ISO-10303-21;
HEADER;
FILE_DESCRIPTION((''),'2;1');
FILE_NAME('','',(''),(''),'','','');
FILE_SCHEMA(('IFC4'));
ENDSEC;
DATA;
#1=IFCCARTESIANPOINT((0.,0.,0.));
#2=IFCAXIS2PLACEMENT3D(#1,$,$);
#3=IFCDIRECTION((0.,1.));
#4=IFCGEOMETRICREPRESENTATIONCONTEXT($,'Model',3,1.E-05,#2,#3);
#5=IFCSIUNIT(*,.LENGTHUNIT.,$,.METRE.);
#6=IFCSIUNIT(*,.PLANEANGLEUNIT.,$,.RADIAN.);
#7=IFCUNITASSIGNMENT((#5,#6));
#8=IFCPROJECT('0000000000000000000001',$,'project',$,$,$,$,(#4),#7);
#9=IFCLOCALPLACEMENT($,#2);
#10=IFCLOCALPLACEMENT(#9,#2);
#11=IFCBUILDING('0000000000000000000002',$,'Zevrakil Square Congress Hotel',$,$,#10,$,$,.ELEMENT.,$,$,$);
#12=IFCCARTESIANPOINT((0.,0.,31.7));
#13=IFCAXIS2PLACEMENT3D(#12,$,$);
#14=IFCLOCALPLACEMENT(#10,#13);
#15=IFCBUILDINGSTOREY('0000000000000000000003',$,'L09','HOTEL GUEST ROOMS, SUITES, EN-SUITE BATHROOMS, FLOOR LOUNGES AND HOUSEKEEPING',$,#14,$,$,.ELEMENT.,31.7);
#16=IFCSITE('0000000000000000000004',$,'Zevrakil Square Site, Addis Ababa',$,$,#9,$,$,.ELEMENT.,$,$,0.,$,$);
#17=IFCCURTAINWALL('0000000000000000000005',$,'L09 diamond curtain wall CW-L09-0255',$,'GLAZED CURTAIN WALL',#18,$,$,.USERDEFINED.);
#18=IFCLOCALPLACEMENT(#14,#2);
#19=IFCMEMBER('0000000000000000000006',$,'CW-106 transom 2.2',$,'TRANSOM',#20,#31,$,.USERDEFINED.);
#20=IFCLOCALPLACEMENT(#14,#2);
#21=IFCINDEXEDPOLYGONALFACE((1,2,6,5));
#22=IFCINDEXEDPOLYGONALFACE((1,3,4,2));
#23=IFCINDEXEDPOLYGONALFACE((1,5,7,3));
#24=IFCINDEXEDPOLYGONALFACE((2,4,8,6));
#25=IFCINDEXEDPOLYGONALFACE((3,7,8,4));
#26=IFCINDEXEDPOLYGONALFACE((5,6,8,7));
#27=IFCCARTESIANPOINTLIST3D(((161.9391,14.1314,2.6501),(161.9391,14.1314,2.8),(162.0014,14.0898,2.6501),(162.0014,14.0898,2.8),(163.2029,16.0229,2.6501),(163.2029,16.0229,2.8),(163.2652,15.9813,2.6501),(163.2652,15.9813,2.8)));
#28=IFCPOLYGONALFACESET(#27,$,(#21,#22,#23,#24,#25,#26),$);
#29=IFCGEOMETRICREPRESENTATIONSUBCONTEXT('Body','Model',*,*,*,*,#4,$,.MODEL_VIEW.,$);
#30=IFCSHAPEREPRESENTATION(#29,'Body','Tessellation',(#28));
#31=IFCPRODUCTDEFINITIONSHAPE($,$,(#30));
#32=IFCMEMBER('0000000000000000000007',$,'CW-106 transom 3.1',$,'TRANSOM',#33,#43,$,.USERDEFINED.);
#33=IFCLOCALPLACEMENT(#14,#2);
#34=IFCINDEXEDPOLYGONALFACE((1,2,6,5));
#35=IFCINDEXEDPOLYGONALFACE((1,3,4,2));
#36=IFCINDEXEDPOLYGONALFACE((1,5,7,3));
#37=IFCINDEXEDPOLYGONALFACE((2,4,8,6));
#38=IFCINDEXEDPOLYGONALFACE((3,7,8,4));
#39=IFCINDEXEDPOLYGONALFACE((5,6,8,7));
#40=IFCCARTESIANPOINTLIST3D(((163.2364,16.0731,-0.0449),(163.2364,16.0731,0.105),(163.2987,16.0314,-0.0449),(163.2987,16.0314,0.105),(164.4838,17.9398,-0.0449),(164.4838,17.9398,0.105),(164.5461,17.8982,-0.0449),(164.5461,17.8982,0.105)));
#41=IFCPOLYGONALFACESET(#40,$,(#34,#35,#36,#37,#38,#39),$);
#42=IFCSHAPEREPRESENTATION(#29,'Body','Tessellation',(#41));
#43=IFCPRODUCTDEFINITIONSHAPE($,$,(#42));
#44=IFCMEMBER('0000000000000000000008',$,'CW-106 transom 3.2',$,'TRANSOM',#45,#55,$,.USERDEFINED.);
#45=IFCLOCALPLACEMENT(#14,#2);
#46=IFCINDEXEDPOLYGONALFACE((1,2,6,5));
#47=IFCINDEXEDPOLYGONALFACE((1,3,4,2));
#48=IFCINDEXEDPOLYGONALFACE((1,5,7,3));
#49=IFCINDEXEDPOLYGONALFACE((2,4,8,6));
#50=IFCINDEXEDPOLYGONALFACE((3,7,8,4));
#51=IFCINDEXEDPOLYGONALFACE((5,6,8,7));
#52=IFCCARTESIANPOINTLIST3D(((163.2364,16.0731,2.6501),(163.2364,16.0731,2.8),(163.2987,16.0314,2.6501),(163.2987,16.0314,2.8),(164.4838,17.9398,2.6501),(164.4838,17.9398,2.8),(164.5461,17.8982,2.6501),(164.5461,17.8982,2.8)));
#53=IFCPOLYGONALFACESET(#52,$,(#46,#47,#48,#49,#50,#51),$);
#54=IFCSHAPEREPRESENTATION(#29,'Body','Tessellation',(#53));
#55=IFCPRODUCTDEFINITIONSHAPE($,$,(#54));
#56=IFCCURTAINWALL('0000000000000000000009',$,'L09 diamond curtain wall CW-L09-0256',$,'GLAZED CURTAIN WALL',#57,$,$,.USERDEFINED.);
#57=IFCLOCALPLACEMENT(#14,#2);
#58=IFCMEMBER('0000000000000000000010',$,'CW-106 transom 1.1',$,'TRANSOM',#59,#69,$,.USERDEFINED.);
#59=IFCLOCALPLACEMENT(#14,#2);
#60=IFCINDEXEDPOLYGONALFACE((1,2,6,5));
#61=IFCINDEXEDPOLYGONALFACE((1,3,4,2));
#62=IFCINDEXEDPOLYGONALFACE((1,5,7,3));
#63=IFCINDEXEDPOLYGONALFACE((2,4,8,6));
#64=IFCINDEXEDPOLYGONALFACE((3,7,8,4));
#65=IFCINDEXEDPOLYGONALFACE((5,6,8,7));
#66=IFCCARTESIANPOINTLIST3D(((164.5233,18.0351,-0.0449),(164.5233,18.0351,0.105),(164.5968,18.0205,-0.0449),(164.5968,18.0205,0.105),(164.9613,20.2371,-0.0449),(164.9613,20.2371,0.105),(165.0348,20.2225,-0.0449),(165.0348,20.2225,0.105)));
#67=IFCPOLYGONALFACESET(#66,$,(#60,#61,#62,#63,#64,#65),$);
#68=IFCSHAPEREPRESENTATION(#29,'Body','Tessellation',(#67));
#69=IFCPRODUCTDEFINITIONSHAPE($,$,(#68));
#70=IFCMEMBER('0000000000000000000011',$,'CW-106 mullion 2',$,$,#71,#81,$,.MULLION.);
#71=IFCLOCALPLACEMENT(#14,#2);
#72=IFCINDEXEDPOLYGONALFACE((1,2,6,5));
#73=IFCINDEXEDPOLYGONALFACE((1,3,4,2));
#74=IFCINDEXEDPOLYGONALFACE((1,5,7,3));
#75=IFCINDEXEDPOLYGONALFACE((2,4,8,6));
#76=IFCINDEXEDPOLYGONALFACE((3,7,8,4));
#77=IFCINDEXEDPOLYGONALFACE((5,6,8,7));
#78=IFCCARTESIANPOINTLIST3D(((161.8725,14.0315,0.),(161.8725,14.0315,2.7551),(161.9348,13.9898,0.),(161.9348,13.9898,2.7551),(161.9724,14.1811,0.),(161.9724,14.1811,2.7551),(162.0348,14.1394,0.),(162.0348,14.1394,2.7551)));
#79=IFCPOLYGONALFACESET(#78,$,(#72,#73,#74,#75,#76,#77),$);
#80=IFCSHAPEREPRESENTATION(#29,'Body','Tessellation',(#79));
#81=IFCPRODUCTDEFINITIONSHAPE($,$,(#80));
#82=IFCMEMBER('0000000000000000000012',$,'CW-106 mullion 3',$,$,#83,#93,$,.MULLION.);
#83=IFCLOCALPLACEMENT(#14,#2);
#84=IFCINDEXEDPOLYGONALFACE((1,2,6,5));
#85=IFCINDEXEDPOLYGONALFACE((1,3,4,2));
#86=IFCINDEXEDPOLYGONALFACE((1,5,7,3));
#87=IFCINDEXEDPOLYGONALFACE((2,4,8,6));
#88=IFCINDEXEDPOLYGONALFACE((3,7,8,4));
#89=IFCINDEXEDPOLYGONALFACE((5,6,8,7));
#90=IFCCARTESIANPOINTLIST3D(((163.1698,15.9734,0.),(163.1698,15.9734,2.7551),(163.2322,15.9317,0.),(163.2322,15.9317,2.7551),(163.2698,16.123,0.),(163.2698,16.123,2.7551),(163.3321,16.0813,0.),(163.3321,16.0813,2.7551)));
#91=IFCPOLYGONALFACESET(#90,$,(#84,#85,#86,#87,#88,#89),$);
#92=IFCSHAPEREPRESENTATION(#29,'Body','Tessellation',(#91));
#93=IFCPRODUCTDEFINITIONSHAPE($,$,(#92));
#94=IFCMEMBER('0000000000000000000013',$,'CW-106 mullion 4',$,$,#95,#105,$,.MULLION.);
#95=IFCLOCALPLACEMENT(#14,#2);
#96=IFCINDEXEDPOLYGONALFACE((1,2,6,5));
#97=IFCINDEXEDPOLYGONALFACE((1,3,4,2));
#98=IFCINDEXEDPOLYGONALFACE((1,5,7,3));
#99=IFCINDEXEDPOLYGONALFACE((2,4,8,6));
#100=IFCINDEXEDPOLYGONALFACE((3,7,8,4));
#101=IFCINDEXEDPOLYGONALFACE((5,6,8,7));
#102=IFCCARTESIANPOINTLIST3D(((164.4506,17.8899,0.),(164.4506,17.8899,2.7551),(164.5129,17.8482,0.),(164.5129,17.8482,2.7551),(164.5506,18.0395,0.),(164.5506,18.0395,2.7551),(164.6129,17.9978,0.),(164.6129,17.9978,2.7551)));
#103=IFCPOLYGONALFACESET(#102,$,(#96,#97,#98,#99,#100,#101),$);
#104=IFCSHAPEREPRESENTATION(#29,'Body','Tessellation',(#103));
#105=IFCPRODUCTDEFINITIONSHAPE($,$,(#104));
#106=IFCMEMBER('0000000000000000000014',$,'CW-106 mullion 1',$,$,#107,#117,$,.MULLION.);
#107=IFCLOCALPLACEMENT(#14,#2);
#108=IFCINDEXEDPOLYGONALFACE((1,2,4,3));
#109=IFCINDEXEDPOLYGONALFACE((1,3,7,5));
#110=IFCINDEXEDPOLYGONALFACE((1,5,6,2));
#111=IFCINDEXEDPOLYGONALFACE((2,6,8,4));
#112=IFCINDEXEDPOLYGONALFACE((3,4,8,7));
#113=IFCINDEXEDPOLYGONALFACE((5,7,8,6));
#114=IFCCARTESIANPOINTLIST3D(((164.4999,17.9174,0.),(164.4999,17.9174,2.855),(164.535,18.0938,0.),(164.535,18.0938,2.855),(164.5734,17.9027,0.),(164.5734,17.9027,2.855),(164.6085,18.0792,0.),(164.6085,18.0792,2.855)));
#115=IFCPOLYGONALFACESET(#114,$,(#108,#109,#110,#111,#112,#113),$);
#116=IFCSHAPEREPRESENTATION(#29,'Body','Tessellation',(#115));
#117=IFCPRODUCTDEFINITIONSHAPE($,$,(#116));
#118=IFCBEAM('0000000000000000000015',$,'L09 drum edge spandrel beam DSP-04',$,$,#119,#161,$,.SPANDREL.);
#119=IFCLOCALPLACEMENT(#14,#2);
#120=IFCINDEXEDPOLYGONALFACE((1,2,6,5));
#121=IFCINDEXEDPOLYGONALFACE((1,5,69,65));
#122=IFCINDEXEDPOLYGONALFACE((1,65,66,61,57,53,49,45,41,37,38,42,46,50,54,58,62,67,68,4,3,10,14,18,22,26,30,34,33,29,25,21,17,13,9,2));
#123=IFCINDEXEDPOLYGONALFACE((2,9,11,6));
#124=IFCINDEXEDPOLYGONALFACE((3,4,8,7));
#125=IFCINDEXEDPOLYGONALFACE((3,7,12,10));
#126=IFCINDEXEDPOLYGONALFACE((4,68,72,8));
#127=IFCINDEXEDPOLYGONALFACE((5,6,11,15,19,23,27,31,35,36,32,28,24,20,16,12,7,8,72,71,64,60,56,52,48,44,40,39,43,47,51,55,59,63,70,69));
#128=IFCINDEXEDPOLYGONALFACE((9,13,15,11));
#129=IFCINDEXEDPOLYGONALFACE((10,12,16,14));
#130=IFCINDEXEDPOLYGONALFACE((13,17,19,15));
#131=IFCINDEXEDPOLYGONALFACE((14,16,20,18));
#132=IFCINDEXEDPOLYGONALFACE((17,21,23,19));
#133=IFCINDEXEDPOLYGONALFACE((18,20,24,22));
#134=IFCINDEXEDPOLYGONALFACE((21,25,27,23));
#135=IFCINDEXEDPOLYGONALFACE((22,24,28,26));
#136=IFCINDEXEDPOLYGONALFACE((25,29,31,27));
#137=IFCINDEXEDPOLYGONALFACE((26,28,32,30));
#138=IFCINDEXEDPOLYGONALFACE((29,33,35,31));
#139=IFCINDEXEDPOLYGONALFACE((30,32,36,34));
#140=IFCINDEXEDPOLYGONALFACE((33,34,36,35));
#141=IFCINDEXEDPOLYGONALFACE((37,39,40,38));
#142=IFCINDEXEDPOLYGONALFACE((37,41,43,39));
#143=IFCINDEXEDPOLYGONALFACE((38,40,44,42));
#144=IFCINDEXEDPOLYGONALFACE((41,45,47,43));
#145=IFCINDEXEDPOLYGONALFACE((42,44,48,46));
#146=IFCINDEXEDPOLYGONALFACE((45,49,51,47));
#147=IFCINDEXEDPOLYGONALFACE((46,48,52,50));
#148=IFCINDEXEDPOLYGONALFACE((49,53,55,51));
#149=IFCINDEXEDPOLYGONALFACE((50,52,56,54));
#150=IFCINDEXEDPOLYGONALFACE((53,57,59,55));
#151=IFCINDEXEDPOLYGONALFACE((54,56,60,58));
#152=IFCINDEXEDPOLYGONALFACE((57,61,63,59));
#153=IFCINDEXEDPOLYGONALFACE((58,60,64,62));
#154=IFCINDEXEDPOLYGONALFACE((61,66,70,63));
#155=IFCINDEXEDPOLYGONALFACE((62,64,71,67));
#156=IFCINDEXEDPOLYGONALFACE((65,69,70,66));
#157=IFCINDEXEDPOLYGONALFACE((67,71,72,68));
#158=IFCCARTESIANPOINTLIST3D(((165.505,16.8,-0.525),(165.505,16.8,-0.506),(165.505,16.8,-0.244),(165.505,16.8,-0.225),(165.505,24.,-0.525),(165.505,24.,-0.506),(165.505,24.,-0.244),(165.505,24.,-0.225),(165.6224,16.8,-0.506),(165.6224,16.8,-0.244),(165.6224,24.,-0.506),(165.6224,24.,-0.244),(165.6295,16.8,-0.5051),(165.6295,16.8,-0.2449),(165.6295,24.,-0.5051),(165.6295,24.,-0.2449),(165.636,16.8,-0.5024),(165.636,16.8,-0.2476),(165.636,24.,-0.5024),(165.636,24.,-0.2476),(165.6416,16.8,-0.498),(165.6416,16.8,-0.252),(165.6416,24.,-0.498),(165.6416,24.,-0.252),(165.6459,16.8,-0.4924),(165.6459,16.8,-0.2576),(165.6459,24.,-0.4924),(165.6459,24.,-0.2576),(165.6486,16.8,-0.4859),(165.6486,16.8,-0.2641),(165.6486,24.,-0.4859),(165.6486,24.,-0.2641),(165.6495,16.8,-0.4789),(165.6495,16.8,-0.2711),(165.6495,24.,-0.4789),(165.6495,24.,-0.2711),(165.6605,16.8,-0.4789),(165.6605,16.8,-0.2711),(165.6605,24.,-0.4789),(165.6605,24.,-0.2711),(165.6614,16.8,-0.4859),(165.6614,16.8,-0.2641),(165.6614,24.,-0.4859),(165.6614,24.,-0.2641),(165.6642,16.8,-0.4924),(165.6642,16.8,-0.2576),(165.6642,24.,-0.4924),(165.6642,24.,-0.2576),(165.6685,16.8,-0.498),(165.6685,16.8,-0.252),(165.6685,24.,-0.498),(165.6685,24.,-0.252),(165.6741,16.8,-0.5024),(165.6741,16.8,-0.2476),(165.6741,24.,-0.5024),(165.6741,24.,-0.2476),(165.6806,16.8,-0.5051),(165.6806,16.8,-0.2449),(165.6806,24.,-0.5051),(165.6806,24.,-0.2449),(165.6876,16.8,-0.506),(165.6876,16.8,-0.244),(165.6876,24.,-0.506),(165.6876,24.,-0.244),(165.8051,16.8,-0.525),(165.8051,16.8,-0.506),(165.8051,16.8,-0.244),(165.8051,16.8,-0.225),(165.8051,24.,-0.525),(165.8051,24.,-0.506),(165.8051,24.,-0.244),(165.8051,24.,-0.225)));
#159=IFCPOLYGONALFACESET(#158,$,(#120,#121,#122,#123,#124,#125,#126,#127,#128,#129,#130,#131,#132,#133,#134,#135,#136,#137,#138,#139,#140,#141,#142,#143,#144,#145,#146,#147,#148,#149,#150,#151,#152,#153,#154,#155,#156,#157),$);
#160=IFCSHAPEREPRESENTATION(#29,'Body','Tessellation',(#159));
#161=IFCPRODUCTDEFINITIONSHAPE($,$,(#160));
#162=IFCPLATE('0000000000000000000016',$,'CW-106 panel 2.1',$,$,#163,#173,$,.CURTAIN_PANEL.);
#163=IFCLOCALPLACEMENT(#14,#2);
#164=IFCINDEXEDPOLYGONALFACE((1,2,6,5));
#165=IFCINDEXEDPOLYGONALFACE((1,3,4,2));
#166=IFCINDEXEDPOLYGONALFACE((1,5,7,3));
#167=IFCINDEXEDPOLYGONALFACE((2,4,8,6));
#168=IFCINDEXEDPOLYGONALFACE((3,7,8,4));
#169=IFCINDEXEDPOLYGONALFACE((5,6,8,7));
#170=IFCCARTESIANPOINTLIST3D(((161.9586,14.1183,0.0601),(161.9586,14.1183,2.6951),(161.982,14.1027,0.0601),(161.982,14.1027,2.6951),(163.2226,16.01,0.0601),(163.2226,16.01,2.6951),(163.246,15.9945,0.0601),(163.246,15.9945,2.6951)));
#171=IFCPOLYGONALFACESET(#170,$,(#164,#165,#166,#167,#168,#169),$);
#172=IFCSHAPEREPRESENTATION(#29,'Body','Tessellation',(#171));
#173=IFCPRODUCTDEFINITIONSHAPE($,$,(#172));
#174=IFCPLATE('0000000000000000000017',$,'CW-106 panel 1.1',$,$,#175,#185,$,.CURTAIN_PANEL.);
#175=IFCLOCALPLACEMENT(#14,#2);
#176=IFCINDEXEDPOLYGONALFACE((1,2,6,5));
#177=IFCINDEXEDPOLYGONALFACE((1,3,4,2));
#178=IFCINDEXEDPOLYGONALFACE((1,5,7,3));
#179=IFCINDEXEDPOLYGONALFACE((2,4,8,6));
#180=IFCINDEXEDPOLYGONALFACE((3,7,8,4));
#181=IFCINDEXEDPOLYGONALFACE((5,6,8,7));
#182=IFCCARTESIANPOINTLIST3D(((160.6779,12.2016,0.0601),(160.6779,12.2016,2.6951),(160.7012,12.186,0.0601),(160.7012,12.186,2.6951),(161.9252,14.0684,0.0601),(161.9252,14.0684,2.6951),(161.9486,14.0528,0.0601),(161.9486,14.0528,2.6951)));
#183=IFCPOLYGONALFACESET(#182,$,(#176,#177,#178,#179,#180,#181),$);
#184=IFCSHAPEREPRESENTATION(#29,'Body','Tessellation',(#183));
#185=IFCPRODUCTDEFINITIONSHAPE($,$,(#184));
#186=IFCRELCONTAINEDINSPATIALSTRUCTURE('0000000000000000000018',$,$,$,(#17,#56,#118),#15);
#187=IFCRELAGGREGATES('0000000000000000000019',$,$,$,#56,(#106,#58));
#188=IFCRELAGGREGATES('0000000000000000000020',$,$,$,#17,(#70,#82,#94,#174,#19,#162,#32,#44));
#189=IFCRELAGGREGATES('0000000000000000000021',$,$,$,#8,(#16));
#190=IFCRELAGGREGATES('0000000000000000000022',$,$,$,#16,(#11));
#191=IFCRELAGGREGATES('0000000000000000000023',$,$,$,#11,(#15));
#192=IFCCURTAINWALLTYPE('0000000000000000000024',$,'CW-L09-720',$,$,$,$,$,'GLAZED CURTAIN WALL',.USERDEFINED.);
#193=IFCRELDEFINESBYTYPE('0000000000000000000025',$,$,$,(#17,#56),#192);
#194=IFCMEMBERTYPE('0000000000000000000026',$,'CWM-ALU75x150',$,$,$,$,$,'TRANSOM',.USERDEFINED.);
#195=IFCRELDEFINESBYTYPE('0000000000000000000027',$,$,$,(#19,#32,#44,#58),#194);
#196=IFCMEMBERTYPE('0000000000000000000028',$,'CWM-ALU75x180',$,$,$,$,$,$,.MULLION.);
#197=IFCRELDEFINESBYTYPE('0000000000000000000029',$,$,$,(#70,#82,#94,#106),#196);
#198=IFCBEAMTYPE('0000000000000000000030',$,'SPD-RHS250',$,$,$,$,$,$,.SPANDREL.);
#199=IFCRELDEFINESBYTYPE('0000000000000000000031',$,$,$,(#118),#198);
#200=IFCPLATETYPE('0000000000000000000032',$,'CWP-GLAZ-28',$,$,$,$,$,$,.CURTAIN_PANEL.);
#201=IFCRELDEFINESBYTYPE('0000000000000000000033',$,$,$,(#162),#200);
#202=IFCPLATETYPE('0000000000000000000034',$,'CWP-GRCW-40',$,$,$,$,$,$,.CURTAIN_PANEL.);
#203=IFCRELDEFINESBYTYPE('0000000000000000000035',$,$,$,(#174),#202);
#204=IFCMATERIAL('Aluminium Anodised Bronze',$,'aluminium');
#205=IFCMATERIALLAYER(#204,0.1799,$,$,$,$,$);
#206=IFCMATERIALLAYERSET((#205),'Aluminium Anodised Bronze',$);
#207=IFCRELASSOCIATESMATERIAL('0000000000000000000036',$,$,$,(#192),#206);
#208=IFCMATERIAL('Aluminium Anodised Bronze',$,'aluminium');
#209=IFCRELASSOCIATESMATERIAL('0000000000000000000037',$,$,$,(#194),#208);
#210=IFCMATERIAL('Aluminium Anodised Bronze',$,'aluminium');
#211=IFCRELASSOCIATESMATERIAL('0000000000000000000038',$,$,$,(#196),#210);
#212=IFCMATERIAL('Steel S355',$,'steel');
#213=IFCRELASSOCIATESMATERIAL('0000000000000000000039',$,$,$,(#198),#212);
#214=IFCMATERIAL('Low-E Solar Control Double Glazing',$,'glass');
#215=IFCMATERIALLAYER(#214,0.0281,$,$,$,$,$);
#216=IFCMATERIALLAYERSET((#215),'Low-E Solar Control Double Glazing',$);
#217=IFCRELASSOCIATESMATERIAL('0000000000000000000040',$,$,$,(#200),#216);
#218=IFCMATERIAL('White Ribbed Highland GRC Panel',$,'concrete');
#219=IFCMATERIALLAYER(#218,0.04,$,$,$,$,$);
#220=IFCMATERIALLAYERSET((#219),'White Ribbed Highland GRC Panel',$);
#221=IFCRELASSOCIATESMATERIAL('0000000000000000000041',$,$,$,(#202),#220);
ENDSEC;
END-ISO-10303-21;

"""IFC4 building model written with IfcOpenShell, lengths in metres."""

from ifc_helpers import new_model, si_unit, direction, frame, origin, origin_2d, place, context, subcontext, project, spatial, rectangle, i_section, extrude, material, layer, layer_set, material_profile, profile_set, type_object, element, aggregate, save


model = new_model("IFC4")

# Units and contexts
model_context = context("Model", 3, precision=1e-05, world=origin(), true_north=direction((0.0, 1.0)))
body_context = subcontext(model_context, "Body", "Model", "MODEL_VIEW")
ifc_project = project(units=[si_unit("LENGTHUNIT", "METRE"), si_unit("PLANEANGLEUNIT", "RADIAN")], contexts=[model_context])

# Site, building, storey
site_placement = place(None, origin())
site = spatial("IfcSite", under=ifc_project, at=site_placement, Name="Zevrakil Square Site, Addis Ababa", CompositionType="ELEMENT", RefElevation=0.0)
building_placement = place(site_placement, origin())
building = spatial("IfcBuilding", under=site, at=building_placement, Name="Zevrakil Square Congress Hotel", CompositionType="ELEMENT")
storey_placement = place(building_placement, frame((0.0, 0.0, 31.7)))
storey = spatial("IfcBuildingStorey", under=building, at=storey_placement, Name="L09", Description="HOTEL GUEST ROOMS, SUITES, EN-SUITE BATHROOMS, FLOOR LOUNGES AND HOUSEKEEPING", CompositionType="ELEMENT", Elevation=31.7)

# Curtain wall, members
ifc_material_1 = material(Name="Aluminium Anodised Bronze", Category="aluminium")
ifc_layer_1 = layer(ifc_material_1, 0.1799)
ifc_layer_set_1 = layer_set([ifc_layer_1], Name="Aluminium Anodised Bronze")
curtain_wall_type = type_object("IfcCurtainWallType", Name="CW-L09-720", ElementType="GLAZED CURTAIN WALL", PredefinedType="USERDEFINED", material=ifc_layer_set_1)
curtain_wall_1_placement = place(storey_placement, origin())
curtain_wall_1 = element("IfcCurtainWall", 1, at=curtain_wall_1_placement, inside=storey, type_object=curtain_wall_type, Name="L09 diamond curtain wall CW-L09-0255", ObjectType="GLAZED CURTAIN WALL", PredefinedType="USERDEFINED")
ifc_material_2 = material(Name="Aluminium Anodised Bronze", Category="aluminium")
ifc_material_profile_1 = material_profile(ifc_material_2, rectangle(XDim=0.075, YDim=0.1499, at=origin_2d()), Name="ALU 75x150")
ifc_profile_set_1 = profile_set([ifc_material_profile_1], Name="Aluminium Anodised Bronze")
member_type_1 = type_object("IfcMemberType", Name="CWM-ALU75x150", ElementType="TRANSOM", PredefinedType="USERDEFINED", material=ifc_profile_set_1)
member_1_placement = place(storey_placement, frame((161.9702, 14.1106, 2.7251), z_axis=(0.555567, 0.831472, 0.0), x_axis=(-0.831472, 0.555567, 0.0)))
member_1 = element("IfcMember", 2, at=member_1_placement, type_object=member_type_1, Name="CW-106 transom 2.2", ObjectType="TRANSOM", PredefinedType="USERDEFINED", context=body_context, shape_type="SweptSolid", body=[
    extrude(rectangle(XDim=0.075, YDim=0.1499, at=origin_2d()), origin(), (0.0, 0.0, 1.0), 2.2749),
])
member_2_placement = place(storey_placement, frame((163.2676, 16.0522, 0.03), z_axis=(0.555578, 0.831464, 0.0), x_axis=(-0.831464, 0.555578, 0.0)))
member_2 = element("IfcMember", 3, at=member_2_placement, type_object=member_type_1, Name="CW-106 transom 3.1", ObjectType="TRANSOM", PredefinedType="USERDEFINED", context=body_context, shape_type="SweptSolid", body=[
    extrude(rectangle(XDim=0.075, YDim=0.1499, at=origin_2d()), origin(), (0.0, 0.0, 1.0), 2.2451),
])
member_3_placement = place(storey_placement, frame((163.2676, 16.0522, 2.7251), z_axis=(0.555578, 0.831464, 0.0), x_axis=(-0.831464, 0.555578, 0.0)))
member_3 = element("IfcMember", 4, at=member_3_placement, type_object=member_type_1, Name="CW-106 transom 3.2", ObjectType="TRANSOM", PredefinedType="USERDEFINED", context=body_context, shape_type="SweptSolid", body=[
    extrude(rectangle(XDim=0.075, YDim=0.1499, at=origin_2d()), origin(), (0.0, 0.0, 1.0), 2.2451),
])

# Curtain wall, member
curtain_wall_2_placement = place(storey_placement, origin())
curtain_wall_2 = element("IfcCurtainWall", 5, at=curtain_wall_2_placement, inside=storey, type_object=curtain_wall_type, Name="L09 diamond curtain wall CW-L09-0256", ObjectType="GLAZED CURTAIN WALL", PredefinedType="USERDEFINED")
member_4_placement = place(storey_placement, frame((164.5601, 18.0278, 0.03), z_axis=(0.195091, 0.980785, 0.0), x_axis=(-0.980785, 0.195091, 0.0)))
member_4 = element("IfcMember", 6, at=member_4_placement, type_object=member_type_1, Name="CW-106 transom 1.1", ObjectType="TRANSOM", PredefinedType="USERDEFINED", context=body_context, shape_type="SweptSolid", body=[
    extrude(rectangle(XDim=0.075, YDim=0.1499, at=origin_2d()), origin(), (0.0, 0.0, 1.0), 2.2451),
])

# Members
ifc_material_3 = material(Name="Aluminium Anodised Bronze", Category="aluminium")
ifc_material_profile_2 = material_profile(ifc_material_3, rectangle(XDim=0.075, YDim=0.1799, at=origin_2d()), Name="ALU 75x180")
ifc_profile_set_2 = profile_set([ifc_material_profile_2], Name="Aluminium Anodised Bronze")
member_type_2 = type_object("IfcMemberType", Name="CWM-ALU75x180", PredefinedType="MULLION", material=ifc_profile_set_2)
member_5_placement = place(storey_placement, frame((161.9536, 14.0854, 0.0), z_axis=(0.0, 0.0, 1.0), x_axis=(-0.831466, 0.555576, 0.0)))
member_5 = element("IfcMember", 7, at=member_5_placement, type_object=member_type_2, Name="CW-106 mullion 2", PredefinedType="MULLION", context=body_context, shape_type="SweptSolid", body=[
    extrude(rectangle(XDim=0.075, YDim=0.1799, at=origin_2d()), origin(), (0.0, 0.0, 1.0), 2.7551),
])
member_6_placement = place(storey_placement, frame((163.251, 16.0273, 0.0), z_axis=(0.0, 0.0, 1.0), x_axis=(-0.831466, 0.555576, 0.0)))
member_6 = element("IfcMember", 8, at=member_6_placement, type_object=member_type_2, Name="CW-106 mullion 3", PredefinedType="MULLION", context=body_context, shape_type="SweptSolid", body=[
    extrude(rectangle(XDim=0.075, YDim=0.1799, at=origin_2d()), origin(), (0.0, 0.0, 1.0), 2.7551),
])
member_7_placement = place(storey_placement, frame((164.5317, 17.9438, 0.0), z_axis=(0.0, 0.0, 1.0), x_axis=(-0.831466, 0.555576, 0.0)))
member_7 = element("IfcMember", 9, at=member_7_placement, type_object=member_type_2, Name="CW-106 mullion 4", PredefinedType="MULLION", context=body_context, shape_type="SweptSolid", body=[
    extrude(rectangle(XDim=0.075, YDim=0.1799, at=origin_2d()), origin(), (0.0, 0.0, 1.0), 2.7551),
])
member_8_placement = place(storey_placement, frame((164.5542, 17.9983, 0.0), z_axis=(0.0, 0.0, 1.0), x_axis=(-0.980787, 0.195084, 0.0)))
member_8 = element("IfcMember", 10, at=member_8_placement, type_object=member_type_2, Name="CW-106 mullion 1", PredefinedType="MULLION", context=body_context, shape_type="SweptSolid", body=[
    extrude(rectangle(XDim=0.075, YDim=0.1799, at=origin_2d()), origin(), (0.0, 0.0, 1.0), 2.855),
])
aggregate(curtain_wall_2, [member_8, member_4])

# Beam
ifc_material_4 = material(Name="Steel S355", Category="steel")
ifc_material_profile_3 = material_profile(ifc_material_4, i_section(OverallWidth=0.3, OverallDepth=0.3, WebThickness=0.011, FlangeThickness=0.019, FilletRadius=0.0271, at=origin_2d()), Name="HEB 300")
ifc_profile_set_3 = profile_set([ifc_material_profile_3], Name="Steel S355")
beam_type_1 = type_object("IfcBeamType", Name="SPD-RHS250", PredefinedType="SPANDREL", material=ifc_profile_set_3)
beam_1_placement = place(storey_placement, frame((165.655, 16.8, -0.375), z_axis=(0.0, 1.0, 0.0), x_axis=(-1.0, 0.0, 0.0)))
element("IfcBeam", 11, at=beam_1_placement, inside=storey, type_object=beam_type_1, Name="L09 drum edge spandrel beam DSP-04", PredefinedType="SPANDREL", context=body_context, shape_type="SweptSolid", body=[
    extrude(i_section(OverallWidth=0.3, OverallDepth=0.3, WebThickness=0.011, FlangeThickness=0.019, FilletRadius=0.0271, at=origin_2d()), origin(), (0.0, 0.0, 1.0), 7.2),
])

# Plates
ifc_material_5 = material(Name="Low-E Solar Control Double Glazing", Category="glass")
ifc_layer_2 = layer(ifc_material_5, 0.0281)
ifc_layer_set_2 = layer_set([ifc_layer_2], Name="Low-E Solar Control Double Glazing")
plate_type_1 = type_object("IfcPlateType", Name="CWP-GLAZ-28", PredefinedType="CURTAIN_PANEL", material=ifc_layer_set_2)
plate_1_placement = place(storey_placement, frame((162.6023, 15.0564, 0.0601), z_axis=(0.0, 0.0, 1.0), x_axis=(0.555576, 0.831466, 0.0)))
plate_1 = element("IfcPlate", 12, at=plate_1_placement, type_object=plate_type_1, Name="CW-106 panel 2.1", PredefinedType="CURTAIN_PANEL", context=body_context, shape_type="SweptSolid", body=[
    extrude(rectangle(XDim=2.2751, YDim=0.0281, at=origin_2d()), origin(), (0.0, 0.0, 1.0), 2.635),
])
ifc_material_6 = material(Name="White Ribbed Highland GRC Panel", Category="concrete")
ifc_layer_3 = layer(ifc_material_6, 0.04)
ifc_layer_set_3 = layer_set([ifc_layer_3], Name="White Ribbed Highland GRC Panel")
plate_type_2 = type_object("IfcPlateType", Name="CWP-GRCW-40", PredefinedType="CURTAIN_PANEL", material=ifc_layer_set_3)
plate_2_placement = place(storey_placement, frame((161.3132, 13.1272, 0.0601), z_axis=(0.0, 0.0, 1.0), x_axis=(0.555576, 0.831466, 0.0)))
plate_2 = element("IfcPlate", 13, at=plate_2_placement, type_object=plate_type_2, Name="CW-106 panel 1.1", PredefinedType="CURTAIN_PANEL", context=body_context, shape_type="SweptSolid", body=[
    extrude(rectangle(XDim=2.2451, YDim=0.0281, at=origin_2d()), origin(), (0.0, 0.0, 1.0), 2.635),
])
aggregate(curtain_wall_1, [member_5, member_6, member_7, plate_2, member_1, plate_1, member_2, member_3])

save(model, "model.ifc")
